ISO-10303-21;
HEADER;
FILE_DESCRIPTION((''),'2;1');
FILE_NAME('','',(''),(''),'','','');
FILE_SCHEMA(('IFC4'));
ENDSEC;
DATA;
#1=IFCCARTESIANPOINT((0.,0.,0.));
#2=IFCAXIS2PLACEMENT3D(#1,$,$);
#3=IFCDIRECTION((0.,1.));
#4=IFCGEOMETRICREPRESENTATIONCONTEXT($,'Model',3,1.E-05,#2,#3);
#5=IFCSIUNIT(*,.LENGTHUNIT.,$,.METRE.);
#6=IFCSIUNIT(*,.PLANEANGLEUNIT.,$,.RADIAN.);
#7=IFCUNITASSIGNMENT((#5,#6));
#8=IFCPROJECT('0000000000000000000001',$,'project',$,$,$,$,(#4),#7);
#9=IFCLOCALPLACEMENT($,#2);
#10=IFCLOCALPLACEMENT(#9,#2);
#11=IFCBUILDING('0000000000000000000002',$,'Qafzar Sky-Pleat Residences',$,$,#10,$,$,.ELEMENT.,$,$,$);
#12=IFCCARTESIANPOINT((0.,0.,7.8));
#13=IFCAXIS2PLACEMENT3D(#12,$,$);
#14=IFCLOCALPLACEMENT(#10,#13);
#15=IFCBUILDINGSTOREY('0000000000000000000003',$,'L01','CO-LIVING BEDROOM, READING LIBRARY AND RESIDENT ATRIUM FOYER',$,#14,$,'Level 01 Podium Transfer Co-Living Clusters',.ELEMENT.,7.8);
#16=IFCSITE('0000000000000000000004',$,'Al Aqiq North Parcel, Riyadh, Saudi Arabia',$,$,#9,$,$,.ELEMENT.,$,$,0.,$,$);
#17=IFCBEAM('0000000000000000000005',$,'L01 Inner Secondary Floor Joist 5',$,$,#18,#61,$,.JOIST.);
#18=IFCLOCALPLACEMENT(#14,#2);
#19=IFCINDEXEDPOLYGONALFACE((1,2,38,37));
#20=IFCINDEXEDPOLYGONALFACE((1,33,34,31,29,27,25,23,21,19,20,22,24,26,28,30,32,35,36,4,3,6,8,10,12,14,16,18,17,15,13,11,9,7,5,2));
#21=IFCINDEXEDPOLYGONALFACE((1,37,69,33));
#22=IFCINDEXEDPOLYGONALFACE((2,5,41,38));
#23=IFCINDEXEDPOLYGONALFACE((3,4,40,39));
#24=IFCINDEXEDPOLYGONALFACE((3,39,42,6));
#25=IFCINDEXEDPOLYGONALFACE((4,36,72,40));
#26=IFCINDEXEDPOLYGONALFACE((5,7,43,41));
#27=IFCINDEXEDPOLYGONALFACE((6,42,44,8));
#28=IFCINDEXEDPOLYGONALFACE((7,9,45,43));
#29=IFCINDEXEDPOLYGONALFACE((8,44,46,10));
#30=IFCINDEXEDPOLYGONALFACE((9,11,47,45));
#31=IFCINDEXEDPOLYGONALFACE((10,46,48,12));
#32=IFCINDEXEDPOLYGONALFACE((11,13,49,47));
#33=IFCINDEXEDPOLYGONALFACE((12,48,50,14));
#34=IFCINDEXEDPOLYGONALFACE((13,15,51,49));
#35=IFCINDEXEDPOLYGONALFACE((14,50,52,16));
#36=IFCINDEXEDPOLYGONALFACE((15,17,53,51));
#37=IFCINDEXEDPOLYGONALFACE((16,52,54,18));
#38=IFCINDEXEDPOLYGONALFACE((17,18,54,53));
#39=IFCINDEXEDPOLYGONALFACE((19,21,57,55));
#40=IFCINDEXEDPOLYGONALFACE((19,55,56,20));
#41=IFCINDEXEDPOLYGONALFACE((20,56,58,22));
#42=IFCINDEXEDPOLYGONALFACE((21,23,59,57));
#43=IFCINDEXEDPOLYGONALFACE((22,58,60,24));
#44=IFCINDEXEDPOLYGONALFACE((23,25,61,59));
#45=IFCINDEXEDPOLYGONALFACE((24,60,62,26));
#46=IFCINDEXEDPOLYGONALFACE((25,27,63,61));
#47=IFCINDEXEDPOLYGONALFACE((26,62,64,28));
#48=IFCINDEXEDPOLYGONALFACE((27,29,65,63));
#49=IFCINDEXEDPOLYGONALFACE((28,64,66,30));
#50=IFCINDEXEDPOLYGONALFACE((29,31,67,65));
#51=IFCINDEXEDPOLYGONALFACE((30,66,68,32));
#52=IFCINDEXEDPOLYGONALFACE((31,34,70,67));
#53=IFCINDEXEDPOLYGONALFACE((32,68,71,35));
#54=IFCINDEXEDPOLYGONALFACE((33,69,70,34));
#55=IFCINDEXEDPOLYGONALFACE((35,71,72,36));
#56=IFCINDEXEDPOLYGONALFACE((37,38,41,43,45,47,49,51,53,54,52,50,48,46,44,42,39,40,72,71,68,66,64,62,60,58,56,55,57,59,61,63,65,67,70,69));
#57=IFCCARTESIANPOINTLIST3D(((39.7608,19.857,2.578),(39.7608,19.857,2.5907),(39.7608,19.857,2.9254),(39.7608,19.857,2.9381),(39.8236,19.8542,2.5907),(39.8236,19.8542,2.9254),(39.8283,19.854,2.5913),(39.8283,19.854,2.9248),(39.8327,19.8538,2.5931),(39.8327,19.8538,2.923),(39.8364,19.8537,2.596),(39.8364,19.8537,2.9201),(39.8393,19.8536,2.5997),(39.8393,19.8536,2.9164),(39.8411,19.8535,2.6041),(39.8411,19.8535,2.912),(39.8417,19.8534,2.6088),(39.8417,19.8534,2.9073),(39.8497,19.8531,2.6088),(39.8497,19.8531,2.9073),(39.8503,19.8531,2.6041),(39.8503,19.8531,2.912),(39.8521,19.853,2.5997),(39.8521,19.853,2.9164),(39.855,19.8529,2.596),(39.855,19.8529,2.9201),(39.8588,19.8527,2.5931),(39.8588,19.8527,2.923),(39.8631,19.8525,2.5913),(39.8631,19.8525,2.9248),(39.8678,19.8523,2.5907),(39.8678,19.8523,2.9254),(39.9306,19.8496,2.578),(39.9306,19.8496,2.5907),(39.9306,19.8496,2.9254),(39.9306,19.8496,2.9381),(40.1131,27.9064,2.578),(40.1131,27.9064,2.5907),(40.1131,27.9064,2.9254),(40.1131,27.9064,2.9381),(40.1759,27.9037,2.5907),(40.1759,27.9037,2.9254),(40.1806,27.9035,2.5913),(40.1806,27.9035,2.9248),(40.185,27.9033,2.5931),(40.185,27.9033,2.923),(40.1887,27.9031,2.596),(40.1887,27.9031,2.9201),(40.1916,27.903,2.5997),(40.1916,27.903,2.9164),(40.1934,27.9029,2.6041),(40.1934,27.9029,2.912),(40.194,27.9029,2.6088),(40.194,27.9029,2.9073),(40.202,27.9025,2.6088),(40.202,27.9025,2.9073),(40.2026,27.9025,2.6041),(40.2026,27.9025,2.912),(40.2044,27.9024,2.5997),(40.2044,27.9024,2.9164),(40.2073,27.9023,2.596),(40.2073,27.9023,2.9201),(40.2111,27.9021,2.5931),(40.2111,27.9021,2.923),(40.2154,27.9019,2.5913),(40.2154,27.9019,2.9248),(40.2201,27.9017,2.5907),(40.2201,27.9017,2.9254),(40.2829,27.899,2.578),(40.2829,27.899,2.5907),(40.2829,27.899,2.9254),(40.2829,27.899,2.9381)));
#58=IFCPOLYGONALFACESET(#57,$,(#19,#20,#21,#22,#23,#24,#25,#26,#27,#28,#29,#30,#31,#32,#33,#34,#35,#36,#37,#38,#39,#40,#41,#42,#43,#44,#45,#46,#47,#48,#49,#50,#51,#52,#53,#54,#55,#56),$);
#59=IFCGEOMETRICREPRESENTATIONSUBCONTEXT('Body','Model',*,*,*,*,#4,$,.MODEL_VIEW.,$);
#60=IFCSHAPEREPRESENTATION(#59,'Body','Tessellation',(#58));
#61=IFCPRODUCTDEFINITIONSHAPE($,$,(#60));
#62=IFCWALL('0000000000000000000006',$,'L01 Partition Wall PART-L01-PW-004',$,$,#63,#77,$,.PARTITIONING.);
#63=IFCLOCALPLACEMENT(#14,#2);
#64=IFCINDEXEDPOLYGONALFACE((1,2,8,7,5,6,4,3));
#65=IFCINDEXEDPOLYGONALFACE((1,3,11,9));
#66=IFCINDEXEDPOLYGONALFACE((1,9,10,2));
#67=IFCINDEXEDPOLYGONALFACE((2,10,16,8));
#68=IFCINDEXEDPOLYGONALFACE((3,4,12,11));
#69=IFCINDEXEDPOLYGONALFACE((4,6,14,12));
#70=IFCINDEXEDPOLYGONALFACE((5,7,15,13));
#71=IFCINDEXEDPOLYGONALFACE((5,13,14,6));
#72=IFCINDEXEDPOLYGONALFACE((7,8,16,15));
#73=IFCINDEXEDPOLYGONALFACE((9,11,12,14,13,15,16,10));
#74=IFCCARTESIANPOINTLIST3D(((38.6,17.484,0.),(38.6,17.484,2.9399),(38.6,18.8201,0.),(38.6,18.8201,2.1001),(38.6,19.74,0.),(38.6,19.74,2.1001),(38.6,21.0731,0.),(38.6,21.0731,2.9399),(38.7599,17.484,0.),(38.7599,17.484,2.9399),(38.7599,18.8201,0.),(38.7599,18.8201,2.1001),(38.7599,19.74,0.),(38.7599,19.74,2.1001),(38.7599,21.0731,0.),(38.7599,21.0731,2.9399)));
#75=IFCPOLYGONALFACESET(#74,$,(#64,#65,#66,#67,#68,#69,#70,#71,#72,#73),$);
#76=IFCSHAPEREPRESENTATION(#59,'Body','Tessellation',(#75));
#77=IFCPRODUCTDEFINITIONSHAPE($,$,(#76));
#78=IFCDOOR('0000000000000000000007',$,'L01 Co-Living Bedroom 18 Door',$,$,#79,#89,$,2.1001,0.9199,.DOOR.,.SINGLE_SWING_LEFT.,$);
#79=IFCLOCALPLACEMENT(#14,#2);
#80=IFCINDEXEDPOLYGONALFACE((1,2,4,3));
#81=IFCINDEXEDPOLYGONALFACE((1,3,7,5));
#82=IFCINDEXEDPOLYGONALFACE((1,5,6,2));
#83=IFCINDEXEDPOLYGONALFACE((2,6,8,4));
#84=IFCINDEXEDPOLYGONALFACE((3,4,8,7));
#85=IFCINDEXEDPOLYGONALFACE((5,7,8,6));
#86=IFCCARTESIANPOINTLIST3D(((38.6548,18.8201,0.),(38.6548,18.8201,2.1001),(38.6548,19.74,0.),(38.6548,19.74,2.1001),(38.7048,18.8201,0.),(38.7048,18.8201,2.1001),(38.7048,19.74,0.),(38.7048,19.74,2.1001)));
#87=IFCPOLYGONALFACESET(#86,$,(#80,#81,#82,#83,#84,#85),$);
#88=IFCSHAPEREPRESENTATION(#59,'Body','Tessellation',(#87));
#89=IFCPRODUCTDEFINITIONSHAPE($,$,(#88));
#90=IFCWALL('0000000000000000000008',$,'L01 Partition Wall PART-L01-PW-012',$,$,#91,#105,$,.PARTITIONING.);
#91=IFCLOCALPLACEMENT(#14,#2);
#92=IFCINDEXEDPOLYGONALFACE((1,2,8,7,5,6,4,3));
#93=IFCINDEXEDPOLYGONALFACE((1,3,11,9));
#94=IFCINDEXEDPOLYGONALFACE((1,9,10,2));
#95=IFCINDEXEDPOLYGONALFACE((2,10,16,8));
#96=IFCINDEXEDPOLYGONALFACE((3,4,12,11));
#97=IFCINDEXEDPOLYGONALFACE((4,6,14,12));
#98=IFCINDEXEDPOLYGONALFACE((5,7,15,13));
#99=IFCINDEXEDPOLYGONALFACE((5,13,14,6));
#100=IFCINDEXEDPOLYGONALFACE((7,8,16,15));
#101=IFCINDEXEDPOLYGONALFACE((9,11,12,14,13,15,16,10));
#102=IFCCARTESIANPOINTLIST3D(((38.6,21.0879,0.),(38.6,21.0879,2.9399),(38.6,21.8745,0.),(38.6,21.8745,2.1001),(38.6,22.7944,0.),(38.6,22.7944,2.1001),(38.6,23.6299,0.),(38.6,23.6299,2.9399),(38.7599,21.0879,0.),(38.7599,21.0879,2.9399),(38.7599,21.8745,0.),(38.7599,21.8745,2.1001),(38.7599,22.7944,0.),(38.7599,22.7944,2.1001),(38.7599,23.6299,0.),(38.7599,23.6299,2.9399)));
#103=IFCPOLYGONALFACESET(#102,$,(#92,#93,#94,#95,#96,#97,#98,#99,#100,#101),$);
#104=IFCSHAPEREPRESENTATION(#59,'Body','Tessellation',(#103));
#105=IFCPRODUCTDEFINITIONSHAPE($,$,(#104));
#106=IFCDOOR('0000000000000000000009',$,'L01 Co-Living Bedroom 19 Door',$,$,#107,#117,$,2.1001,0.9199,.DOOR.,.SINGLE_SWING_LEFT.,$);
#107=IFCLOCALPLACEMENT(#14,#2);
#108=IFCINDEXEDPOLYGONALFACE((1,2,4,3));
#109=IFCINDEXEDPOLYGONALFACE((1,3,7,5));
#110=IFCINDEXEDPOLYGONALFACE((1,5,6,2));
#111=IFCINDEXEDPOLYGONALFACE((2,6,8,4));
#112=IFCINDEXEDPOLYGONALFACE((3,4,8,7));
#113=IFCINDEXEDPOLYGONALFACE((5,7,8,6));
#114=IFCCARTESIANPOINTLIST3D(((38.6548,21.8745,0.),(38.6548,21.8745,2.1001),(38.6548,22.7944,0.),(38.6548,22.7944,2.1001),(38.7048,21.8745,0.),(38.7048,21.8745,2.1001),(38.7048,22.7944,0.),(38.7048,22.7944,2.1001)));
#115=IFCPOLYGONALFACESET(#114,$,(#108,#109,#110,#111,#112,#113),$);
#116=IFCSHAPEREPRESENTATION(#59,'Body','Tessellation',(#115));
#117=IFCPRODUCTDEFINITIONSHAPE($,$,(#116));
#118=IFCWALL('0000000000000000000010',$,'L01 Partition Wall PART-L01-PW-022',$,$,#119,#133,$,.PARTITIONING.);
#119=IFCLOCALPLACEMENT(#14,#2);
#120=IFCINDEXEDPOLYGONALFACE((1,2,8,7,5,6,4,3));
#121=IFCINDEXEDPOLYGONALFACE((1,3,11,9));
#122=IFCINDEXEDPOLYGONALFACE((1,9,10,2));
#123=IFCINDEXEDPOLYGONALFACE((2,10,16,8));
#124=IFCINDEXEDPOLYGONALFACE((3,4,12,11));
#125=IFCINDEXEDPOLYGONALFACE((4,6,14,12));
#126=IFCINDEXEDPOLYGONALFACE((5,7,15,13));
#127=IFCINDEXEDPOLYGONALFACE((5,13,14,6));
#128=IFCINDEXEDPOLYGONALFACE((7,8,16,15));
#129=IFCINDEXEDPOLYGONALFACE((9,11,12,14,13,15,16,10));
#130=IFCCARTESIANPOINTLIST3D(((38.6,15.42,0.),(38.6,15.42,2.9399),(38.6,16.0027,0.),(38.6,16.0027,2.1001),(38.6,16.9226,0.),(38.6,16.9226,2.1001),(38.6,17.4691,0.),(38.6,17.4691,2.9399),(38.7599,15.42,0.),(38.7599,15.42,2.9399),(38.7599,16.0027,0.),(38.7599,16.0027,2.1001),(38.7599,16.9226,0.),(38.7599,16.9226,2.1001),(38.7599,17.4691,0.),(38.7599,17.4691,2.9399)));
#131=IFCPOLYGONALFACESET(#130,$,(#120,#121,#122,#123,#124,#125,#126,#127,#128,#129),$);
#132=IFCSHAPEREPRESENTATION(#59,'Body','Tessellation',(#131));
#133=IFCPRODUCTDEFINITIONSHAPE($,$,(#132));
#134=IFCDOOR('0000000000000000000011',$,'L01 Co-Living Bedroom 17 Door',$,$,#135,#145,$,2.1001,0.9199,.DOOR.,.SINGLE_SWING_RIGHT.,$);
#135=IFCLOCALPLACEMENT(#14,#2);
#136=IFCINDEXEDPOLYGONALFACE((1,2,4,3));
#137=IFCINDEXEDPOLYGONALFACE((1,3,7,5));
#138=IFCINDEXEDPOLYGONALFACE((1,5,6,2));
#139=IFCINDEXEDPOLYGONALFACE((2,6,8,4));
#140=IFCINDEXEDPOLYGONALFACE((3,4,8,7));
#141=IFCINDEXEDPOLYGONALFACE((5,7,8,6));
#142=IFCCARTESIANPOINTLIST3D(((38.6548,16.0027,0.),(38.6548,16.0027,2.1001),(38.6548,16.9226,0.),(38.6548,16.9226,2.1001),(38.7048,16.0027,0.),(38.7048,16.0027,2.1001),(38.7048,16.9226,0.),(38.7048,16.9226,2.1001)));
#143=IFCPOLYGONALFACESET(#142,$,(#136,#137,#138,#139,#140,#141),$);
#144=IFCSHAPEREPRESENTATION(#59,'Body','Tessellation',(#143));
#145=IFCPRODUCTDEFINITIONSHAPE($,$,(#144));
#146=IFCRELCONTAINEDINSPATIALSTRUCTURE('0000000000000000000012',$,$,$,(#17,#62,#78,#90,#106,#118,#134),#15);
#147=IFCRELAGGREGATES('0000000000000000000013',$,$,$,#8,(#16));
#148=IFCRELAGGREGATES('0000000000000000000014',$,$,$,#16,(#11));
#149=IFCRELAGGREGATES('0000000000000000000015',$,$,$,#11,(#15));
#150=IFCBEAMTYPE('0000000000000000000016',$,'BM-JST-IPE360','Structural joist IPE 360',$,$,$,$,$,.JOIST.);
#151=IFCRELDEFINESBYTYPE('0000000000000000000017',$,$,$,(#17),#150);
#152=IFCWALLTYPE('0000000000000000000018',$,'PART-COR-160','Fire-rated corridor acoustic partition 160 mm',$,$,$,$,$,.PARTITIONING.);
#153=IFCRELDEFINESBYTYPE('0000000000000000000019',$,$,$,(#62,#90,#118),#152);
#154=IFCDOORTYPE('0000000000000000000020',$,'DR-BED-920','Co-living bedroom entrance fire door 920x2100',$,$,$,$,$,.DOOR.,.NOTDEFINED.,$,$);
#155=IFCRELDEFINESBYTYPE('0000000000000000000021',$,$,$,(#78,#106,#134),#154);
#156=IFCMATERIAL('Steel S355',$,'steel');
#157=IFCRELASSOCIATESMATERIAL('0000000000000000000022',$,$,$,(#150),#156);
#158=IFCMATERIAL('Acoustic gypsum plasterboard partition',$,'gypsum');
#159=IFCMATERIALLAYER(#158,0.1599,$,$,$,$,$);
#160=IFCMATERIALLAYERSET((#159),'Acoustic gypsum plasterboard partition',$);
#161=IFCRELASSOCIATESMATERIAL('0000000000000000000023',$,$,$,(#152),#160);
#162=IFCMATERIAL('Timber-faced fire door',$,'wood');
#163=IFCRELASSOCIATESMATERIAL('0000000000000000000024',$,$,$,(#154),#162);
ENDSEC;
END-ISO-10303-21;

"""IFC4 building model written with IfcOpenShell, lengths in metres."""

from ifc_helpers import new_model, si_unit, direction, frame, frame_2d, origin, origin_2d, place, context, subcontext, project, spatial, rectangle, i_section, extrude, source, transform, mapped, material, layer, layer_set, material_profile, profile_set, type_object, element, fill, save


model = new_model("IFC4")

# Units and contexts
model_context = context("Model", 3, precision=1e-05, world=origin(), true_north=direction((0.0, 1.0)))
body_context = subcontext(model_context, "Body", "Model", "MODEL_VIEW")
ifc_project = project(units=[si_unit("LENGTHUNIT", "METRE"), si_unit("PLANEANGLEUNIT", "RADIAN")], contexts=[model_context])

# Site, building, storey
site_placement = place(None, origin())
site = spatial("IfcSite", under=ifc_project, at=site_placement, Name="Al Aqiq North Parcel, Riyadh, Saudi Arabia", CompositionType="ELEMENT", RefElevation=0.0)
building_placement = place(site_placement, origin())
building = spatial("IfcBuilding", under=site, at=building_placement, Name="Qafzar Sky-Pleat Residences", CompositionType="ELEMENT")
storey_placement = place(building_placement, frame((0.0, 0.0, 7.8)))
storey = spatial("IfcBuildingStorey", under=building, at=storey_placement, Name="L01", Description="CO-LIVING BEDROOM, READING LIBRARY AND RESIDENT ATRIUM FOYER", LongName="Level 01 Podium Transfer Co-Living Clusters", CompositionType="ELEMENT", Elevation=7.8)

# Beam
ifc_material_1 = material(Name="Steel S355", Category="steel")
ifc_material_profile = material_profile(ifc_material_1, i_section(OverallWidth=0.1699, OverallDepth=0.3601, WebThickness=0.0081, FlangeThickness=0.0127, FilletRadius=0.0181, at=origin_2d()), Name="IPE 360")
ifc_profile_set = profile_set([ifc_material_profile], Name="Steel S355")
beam_type = type_object("IfcBeamType", Name="BM-JST-IPE360", Description="Structural joist IPE 360", PredefinedType="JOIST", material=ifc_profile_set)
shared_shape_1 = source(origin(), body_context, "Body", "SweptSolid", [
    extrude(i_section(OverallWidth=0.1699, OverallDepth=0.3601, WebThickness=0.0081, FlangeThickness=0.0127, FilletRadius=0.0181, at=origin_2d()), origin(), (0.0, 0.0, 1.0), 8.0571),
])
beam_placement = place(storey_placement, frame((39.8457, 19.8533, 2.7581), z_axis=(0.043725, 0.999044, 0.0), x_axis=(-0.999044, 0.043725, 0.0)))
element("IfcBeam", 1, at=beam_placement, inside=storey, type_object=beam_type, Name="L01 Inner Secondary Floor Joist 5", PredefinedType="JOIST", context=body_context, shape_type="MappedRepresentation", body=[
    mapped(shared_shape_1, transform((0.0, 0.0, 0.0), x_axis=(1.0, 0.0, 0.0), y_axis=(0.0, 1.0, 0.0), z_axis=(0.0, 0.0, 1.0), scale=1.0)),
])

# Walls, openings, doors
ifc_material_2 = material(Name="Acoustic gypsum plasterboard partition", Category="gypsum")
ifc_layer_1 = layer(ifc_material_2, 0.1599)
ifc_layer_set_1 = layer_set([ifc_layer_1], Name="Acoustic gypsum plasterboard partition")
wall_type_1 = type_object("IfcWallType", Name="PART-COR-160", Description="Fire-rated corridor acoustic partition 160 mm", PredefinedType="PARTITIONING", material=ifc_layer_set_1)
wall_1_placement = place(storey_placement, frame((38.6799, 21.073, 0.0), z_axis=(0.0, 0.0, 1.0), x_axis=(0.0, -1.0, 0.0)))
wall_1 = element("IfcWall", 2, at=wall_1_placement, inside=storey, type_object=wall_type_1, Name="L01 Partition Wall PART-L01-PW-004", PredefinedType="PARTITIONING", context=body_context, shape_type="SweptSolid", body=[
    extrude(rectangle(XDim=3.5891, YDim=0.1599, at=frame_2d((1.7944, 0.0))), origin(), (0.0, 0.0, 1.0), 2.9399),
])
opening_1_placement = place(wall_1_placement, frame((1.333, 0.0, 0.0)))
opening_1 = element("IfcOpeningElement", 3, at=opening_1_placement, cuts=wall_1, PredefinedType="OPENING", context=body_context, shape_type="SweptSolid", body=[
    extrude(rectangle(XDim=0.9199, YDim=2.1001, at=frame_2d((0.46, 1.05))), frame((0.0, 0.0898, 0.0), z_axis=(0.0, -1.0, 0.0), x_axis=(1.0, 0.0, 0.0)), (0.0, 0.0, 1.0), 0.1799),
])
ifc_material_3 = material(Name="Timber-faced fire door", Category="wood")
door_type_1 = type_object("IfcDoorType", Name="DR-BED-920", Description="Co-living bedroom entrance fire door 920x2100", OperationType="NOTDEFINED", PredefinedType="DOOR", material=ifc_material_3)
shared_shape_2 = source(origin(), body_context, "Body", "SweptSolid", [
    extrude(rectangle(XDim=0.9199, YDim=2.1001, at=frame_2d((0.46, 1.05))), frame((0.0, 0.0249, 0.0), z_axis=(0.0, -1.0, 0.0), x_axis=(1.0, 0.0, 0.0)), (0.0, 0.0, 1.0), 0.05),
])
door_1_placement = place(opening_1_placement, origin())
door_1 = element("IfcDoor", 4, at=door_1_placement, inside=storey, type_object=door_type_1, Name="L01 Co-Living Bedroom 18 Door", OperationType="SINGLE_SWING_LEFT", OverallHeight=2.1001, OverallWidth=0.9199, PredefinedType="DOOR", context=body_context, shape_type="MappedRepresentation", body=[
    mapped(shared_shape_2, transform((0.0, 0.0, 0.0), x_axis=(1.0, 0.0, 0.0), y_axis=(0.0, 1.0, 0.0), z_axis=(0.0, 0.0, 1.0), scale=1.0)),
])
fill(opening_1, door_1)
wall_2_placement = place(storey_placement, frame((38.6799, 23.6299, 0.0), z_axis=(0.0, 0.0, 1.0), x_axis=(0.0, -1.0, 0.0)))
wall_2 = element("IfcWall", 5, at=wall_2_placement, inside=storey, type_object=wall_type_1, Name="L01 Partition Wall PART-L01-PW-012", PredefinedType="PARTITIONING", context=body_context, shape_type="SweptSolid", body=[
    extrude(rectangle(XDim=2.542, YDim=0.1599, at=frame_2d((1.271, 0.0))), origin(), (0.0, 0.0, 1.0), 2.9399),
])
opening_2_placement = place(wall_2_placement, frame((0.8354, 0.0, 0.0)))
opening_2 = element("IfcOpeningElement", 6, at=opening_2_placement, cuts=wall_2, PredefinedType="OPENING", context=body_context, shape_type="SweptSolid", body=[
    extrude(rectangle(XDim=0.9199, YDim=2.1001, at=frame_2d((0.46, 1.05))), frame((0.0, 0.0898, 0.0), z_axis=(0.0, -1.0, 0.0), x_axis=(1.0, 0.0, 0.0)), (0.0, 0.0, 1.0), 0.1799),
])
door_2_placement = place(opening_2_placement, origin())
door_2 = element("IfcDoor", 7, at=door_2_placement, inside=storey, type_object=door_type_1, Name="L01 Co-Living Bedroom 19 Door", OperationType="SINGLE_SWING_LEFT", OverallHeight=2.1001, OverallWidth=0.9199, PredefinedType="DOOR", context=body_context, shape_type="MappedRepresentation", body=[
    mapped(shared_shape_2, transform((0.0, 0.0, 0.0), x_axis=(1.0, 0.0, 0.0), y_axis=(0.0, 1.0, 0.0), z_axis=(0.0, 0.0, 1.0), scale=1.0)),
])
fill(opening_2, door_2)
wall_3_placement = place(storey_placement, frame((38.6799, 17.469, 0.0), z_axis=(0.0, 0.0, 1.0), x_axis=(0.0, -1.0, 0.0)))
wall_3 = element("IfcWall", 8, at=wall_3_placement, inside=storey, type_object=wall_type_1, Name="L01 Partition Wall PART-L01-PW-022", PredefinedType="PARTITIONING", context=body_context, shape_type="SweptSolid", body=[
    extrude(rectangle(XDim=2.0491, YDim=0.1599, at=frame_2d((1.0244, 0.0))), origin(), (0.0, 0.0, 1.0), 2.9399),
])
opening_3_placement = place(wall_3_placement, frame((0.5464, 0.0, 0.0)))
opening_3 = element("IfcOpeningElement", 9, at=opening_3_placement, cuts=wall_3, PredefinedType="OPENING", context=body_context, shape_type="SweptSolid", body=[
    extrude(rectangle(XDim=0.9199, YDim=2.1001, at=frame_2d((0.46, 1.05))), frame((0.0, 0.0898, 0.0), z_axis=(0.0, -1.0, 0.0), x_axis=(1.0, 0.0, 0.0)), (0.0, 0.0, 1.0), 0.1799),
])
door_3_placement = place(opening_3_placement, origin())
door_3 = element("IfcDoor", 10, at=door_3_placement, inside=storey, type_object=door_type_1, Name="L01 Co-Living Bedroom 17 Door", OperationType="SINGLE_SWING_RIGHT", OverallHeight=2.1001, OverallWidth=0.9199, PredefinedType="DOOR", context=body_context, shape_type="MappedRepresentation", body=[
    mapped(shared_shape_2, transform((0.0, 0.0, 0.0), x_axis=(1.0, 0.0, 0.0), y_axis=(0.0, 1.0, 0.0), z_axis=(0.0, 0.0, 1.0), scale=1.0)),
])
fill(opening_3, door_3)

save(model, "model.ifc")
